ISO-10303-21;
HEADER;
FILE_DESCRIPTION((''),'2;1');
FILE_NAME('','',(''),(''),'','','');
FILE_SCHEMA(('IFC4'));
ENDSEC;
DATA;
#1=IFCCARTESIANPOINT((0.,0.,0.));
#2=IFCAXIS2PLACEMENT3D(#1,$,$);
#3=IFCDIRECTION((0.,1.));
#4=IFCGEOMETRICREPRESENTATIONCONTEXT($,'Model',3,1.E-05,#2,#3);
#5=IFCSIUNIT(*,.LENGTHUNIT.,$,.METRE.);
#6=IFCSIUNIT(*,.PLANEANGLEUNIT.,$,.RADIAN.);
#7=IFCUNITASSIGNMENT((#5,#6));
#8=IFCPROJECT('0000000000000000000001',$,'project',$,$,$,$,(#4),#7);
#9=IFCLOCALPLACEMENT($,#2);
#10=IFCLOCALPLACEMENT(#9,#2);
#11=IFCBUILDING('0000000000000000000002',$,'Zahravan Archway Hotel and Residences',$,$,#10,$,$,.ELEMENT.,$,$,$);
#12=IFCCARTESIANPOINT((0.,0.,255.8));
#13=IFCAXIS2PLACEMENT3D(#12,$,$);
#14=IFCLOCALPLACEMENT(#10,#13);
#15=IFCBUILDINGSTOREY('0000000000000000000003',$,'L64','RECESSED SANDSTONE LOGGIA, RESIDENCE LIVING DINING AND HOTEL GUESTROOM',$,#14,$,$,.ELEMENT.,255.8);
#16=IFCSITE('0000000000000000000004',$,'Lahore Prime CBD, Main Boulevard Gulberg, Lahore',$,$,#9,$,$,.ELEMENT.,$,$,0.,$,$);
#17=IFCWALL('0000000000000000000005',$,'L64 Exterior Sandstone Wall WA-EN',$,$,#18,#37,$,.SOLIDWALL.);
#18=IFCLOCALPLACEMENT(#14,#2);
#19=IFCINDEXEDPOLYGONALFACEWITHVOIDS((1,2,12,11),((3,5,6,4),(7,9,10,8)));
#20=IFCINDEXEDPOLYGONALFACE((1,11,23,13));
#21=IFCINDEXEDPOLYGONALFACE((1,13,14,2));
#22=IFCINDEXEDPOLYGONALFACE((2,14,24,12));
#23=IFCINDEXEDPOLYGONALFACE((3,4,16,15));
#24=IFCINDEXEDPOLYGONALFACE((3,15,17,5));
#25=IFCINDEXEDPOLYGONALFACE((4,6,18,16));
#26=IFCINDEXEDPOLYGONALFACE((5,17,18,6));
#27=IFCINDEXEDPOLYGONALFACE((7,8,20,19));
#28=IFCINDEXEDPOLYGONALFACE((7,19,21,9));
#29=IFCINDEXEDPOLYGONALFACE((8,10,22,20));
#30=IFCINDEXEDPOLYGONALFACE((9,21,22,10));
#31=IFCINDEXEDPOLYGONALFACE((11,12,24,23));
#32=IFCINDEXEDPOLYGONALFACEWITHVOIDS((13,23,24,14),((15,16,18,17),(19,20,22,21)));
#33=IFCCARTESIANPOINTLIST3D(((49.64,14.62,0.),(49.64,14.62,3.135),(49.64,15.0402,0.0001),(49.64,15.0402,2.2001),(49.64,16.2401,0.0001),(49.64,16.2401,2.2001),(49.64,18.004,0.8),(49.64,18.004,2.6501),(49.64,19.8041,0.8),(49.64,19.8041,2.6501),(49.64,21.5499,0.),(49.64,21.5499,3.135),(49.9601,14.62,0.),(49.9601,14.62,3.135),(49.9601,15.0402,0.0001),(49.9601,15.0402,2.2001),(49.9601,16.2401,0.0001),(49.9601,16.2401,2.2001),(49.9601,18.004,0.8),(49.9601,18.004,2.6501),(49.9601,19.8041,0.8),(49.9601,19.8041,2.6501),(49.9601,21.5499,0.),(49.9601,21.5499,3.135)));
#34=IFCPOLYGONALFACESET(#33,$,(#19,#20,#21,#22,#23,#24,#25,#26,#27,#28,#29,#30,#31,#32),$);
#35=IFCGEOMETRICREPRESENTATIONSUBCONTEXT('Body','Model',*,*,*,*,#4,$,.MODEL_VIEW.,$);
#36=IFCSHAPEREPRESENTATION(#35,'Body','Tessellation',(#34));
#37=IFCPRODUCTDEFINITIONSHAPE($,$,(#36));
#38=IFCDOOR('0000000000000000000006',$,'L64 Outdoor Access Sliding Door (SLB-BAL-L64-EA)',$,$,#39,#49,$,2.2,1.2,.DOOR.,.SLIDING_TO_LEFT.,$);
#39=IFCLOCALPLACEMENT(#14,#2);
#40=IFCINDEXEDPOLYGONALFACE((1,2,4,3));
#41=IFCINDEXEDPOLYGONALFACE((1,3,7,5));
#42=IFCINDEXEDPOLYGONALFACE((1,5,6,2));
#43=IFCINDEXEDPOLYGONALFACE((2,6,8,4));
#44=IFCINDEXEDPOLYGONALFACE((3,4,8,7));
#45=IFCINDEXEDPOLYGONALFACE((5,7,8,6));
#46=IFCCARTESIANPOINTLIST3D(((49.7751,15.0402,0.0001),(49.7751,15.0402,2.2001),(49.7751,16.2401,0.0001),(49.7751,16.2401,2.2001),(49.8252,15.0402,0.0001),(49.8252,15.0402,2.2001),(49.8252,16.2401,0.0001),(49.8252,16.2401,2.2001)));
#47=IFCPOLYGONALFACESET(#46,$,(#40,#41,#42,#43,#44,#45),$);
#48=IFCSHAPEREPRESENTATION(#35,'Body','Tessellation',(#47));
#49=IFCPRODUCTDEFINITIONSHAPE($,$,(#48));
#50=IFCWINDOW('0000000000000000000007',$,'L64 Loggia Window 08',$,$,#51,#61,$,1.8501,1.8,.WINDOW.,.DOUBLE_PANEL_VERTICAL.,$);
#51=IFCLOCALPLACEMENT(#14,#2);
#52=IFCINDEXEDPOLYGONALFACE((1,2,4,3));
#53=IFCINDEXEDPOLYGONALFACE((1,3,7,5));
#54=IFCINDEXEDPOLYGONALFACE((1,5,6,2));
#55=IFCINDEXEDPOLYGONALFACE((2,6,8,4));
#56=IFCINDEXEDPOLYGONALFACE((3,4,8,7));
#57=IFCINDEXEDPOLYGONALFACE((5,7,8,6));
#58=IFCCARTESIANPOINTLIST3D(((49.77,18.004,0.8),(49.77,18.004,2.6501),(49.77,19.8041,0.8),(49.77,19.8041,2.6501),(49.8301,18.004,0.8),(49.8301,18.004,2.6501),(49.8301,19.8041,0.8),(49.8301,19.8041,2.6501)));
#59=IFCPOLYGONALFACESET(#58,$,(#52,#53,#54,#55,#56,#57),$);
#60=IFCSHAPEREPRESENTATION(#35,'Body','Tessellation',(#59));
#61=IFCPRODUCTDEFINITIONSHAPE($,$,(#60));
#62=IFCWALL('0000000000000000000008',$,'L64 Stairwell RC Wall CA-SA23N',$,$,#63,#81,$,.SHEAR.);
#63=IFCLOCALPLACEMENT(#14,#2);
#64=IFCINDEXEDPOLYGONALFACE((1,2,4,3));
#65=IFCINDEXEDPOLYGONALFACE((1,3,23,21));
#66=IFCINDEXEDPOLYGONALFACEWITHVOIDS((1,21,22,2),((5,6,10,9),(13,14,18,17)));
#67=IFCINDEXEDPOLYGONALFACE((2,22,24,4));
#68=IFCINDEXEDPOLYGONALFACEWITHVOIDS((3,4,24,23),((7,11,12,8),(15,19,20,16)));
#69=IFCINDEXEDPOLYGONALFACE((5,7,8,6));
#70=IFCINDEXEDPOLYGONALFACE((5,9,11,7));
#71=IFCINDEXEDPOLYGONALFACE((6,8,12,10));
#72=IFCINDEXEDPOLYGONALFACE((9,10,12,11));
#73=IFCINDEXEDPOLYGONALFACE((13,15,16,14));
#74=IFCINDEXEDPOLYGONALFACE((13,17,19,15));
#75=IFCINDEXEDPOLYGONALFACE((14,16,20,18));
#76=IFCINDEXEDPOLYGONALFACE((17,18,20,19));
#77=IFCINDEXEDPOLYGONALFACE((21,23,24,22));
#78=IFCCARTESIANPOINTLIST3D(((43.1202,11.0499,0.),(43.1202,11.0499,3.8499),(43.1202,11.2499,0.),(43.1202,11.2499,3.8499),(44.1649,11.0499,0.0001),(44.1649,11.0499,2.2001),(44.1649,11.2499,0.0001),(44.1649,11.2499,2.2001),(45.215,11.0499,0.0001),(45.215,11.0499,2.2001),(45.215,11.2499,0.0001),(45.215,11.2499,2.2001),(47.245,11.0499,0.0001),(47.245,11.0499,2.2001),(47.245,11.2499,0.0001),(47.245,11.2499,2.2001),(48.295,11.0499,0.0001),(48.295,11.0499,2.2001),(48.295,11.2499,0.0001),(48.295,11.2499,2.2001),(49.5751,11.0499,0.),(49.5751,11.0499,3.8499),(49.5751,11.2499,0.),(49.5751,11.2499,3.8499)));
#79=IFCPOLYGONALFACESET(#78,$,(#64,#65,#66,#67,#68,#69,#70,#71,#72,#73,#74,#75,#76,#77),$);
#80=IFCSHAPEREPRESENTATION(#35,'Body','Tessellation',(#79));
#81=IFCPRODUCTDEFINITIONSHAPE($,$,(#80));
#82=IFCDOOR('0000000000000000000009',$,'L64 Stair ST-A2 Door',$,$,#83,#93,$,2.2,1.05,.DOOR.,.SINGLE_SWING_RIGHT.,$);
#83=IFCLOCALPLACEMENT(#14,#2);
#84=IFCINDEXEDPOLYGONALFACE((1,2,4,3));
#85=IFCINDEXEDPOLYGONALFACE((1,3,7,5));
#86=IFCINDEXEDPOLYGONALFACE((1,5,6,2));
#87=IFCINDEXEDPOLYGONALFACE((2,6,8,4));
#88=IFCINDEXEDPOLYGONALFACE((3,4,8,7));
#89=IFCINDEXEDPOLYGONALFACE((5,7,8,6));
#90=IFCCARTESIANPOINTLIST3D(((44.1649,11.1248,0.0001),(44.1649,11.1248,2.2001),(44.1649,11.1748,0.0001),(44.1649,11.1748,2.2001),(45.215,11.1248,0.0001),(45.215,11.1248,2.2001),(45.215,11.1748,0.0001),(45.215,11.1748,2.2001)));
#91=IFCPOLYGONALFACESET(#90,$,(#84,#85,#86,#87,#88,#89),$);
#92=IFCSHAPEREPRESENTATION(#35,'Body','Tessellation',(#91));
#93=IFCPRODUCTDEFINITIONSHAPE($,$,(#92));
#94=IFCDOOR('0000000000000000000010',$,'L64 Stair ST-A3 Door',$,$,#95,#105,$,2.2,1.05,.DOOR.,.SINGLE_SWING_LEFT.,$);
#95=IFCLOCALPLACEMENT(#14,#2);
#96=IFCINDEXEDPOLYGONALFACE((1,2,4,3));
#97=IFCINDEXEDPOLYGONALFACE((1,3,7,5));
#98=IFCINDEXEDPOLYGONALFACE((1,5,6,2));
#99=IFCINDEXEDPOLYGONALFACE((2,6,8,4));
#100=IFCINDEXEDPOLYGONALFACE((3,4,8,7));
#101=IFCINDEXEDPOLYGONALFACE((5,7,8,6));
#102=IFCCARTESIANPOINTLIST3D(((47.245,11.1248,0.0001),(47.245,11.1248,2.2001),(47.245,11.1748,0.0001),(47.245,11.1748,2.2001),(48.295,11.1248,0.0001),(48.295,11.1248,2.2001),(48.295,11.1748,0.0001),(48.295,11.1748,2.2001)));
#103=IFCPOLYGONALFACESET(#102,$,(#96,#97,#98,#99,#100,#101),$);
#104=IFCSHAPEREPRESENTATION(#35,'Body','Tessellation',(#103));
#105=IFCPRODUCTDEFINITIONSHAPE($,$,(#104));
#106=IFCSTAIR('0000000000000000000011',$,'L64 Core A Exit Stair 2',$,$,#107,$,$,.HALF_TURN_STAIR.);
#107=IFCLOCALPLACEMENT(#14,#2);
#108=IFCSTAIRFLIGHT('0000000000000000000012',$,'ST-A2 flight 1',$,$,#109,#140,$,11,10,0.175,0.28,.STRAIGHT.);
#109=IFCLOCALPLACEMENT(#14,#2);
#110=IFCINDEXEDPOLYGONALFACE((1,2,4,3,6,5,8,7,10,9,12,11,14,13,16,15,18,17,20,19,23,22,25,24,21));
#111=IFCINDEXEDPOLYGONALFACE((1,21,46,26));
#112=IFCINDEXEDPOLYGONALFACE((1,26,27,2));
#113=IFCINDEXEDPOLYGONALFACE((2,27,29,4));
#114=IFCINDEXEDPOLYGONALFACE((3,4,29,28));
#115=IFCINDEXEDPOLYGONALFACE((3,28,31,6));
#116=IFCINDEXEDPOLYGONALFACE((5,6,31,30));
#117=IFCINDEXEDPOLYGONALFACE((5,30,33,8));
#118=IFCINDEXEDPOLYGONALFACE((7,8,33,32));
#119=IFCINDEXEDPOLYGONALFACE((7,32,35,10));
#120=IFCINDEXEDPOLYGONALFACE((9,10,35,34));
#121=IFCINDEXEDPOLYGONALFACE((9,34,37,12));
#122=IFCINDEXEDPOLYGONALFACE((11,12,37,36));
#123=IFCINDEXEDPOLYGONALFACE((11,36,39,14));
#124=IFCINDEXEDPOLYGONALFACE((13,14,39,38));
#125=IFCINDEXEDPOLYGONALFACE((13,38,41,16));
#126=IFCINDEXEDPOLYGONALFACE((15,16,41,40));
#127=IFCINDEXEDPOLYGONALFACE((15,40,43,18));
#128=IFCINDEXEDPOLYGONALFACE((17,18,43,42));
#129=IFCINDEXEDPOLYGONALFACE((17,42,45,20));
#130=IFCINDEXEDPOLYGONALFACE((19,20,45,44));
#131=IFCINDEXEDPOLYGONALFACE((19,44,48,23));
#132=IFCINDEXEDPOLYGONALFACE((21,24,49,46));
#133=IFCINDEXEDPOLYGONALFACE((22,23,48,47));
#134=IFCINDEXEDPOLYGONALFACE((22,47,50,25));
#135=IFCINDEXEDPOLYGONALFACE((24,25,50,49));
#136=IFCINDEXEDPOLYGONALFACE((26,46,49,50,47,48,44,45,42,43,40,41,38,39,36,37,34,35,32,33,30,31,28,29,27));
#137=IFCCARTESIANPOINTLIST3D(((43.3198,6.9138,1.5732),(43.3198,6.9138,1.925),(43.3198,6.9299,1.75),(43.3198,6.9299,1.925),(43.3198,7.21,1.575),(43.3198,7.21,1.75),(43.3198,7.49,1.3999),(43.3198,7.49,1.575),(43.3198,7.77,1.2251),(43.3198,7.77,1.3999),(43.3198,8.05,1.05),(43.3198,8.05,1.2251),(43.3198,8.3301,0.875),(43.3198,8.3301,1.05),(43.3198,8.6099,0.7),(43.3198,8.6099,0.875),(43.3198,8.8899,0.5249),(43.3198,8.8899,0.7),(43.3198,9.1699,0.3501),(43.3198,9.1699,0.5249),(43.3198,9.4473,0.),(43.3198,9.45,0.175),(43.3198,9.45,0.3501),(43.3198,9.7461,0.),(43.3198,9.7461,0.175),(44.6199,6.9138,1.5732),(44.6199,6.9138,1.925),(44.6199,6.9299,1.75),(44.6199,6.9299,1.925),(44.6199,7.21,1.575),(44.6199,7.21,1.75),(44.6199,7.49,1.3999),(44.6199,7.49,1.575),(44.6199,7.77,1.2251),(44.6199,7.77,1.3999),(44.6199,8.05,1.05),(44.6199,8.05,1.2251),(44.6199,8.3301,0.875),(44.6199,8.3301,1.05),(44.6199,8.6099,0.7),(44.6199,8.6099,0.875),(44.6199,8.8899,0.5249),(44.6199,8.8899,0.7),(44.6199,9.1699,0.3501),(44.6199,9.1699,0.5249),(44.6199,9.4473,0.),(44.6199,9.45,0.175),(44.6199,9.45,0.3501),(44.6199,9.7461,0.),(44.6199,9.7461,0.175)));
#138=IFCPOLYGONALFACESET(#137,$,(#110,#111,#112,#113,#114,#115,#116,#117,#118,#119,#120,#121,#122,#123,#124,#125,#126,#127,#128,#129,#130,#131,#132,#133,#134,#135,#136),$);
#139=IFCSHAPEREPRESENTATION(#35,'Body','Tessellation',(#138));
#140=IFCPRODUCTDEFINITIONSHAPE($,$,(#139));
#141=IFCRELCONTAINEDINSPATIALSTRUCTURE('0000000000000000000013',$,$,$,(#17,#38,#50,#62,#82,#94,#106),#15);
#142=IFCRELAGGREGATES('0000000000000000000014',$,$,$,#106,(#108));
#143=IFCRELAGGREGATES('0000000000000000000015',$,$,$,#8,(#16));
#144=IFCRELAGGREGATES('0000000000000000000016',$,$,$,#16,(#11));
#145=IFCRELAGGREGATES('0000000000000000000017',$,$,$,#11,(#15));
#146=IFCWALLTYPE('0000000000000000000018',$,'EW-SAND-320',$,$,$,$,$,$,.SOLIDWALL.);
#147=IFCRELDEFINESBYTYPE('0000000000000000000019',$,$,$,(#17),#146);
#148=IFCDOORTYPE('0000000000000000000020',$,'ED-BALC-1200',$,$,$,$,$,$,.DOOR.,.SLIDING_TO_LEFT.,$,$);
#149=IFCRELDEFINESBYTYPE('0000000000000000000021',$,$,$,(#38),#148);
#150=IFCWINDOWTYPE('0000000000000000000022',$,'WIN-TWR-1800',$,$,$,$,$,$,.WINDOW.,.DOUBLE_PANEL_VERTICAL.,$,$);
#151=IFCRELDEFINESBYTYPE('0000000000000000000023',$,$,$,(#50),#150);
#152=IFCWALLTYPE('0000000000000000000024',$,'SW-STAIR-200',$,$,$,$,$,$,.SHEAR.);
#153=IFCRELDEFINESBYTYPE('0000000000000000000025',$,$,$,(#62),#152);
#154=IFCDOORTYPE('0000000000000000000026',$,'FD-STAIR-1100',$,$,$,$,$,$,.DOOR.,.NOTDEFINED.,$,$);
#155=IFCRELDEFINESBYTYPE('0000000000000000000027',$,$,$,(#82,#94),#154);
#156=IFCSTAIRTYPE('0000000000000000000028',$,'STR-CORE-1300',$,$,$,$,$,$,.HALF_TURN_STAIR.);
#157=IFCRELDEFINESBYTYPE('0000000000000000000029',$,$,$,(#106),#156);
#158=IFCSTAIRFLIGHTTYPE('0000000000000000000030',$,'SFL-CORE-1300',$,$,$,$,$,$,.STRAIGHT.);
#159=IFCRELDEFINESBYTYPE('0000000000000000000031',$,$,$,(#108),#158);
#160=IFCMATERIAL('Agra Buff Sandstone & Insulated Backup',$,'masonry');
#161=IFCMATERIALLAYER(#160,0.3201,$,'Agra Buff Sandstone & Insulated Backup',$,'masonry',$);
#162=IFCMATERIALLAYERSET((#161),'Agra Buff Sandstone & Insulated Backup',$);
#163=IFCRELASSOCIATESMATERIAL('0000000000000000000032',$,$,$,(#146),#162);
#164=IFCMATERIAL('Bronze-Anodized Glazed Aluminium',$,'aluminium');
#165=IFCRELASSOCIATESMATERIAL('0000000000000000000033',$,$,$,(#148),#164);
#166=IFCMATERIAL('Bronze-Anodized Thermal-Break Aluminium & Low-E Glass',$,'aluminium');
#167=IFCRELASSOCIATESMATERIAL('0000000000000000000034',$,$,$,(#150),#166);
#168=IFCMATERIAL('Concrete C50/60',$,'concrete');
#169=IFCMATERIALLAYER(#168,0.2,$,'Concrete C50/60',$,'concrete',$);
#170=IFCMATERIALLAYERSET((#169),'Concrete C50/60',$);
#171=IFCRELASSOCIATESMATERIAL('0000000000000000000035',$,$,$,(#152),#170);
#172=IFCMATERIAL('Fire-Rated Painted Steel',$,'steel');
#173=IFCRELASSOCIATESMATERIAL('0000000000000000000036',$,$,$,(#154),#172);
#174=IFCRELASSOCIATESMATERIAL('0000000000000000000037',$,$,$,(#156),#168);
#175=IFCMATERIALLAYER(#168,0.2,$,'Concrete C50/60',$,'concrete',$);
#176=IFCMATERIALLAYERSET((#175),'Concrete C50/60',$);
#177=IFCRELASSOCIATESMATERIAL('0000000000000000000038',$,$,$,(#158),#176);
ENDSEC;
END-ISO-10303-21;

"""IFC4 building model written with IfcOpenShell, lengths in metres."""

from ifc_helpers import new_model, si_unit, direction, frame, frame_2d, origin, place, context, subcontext, project, spatial, polyline, rectangle, outline, extrude, source, transform, mapped, material, layer, layer_set, type_object, type_shapes, element, fill, aggregate, save


model = new_model("IFC4")

# Units and contexts
model_context = context("Model", 3, precision=1e-05, world=origin(), true_north=direction((0.0, 1.0)))
body_context = subcontext(model_context, "Body", "Model", "MODEL_VIEW")
ifc_project = project(units=[si_unit("LENGTHUNIT", "METRE"), si_unit("PLANEANGLEUNIT", "RADIAN")], contexts=[model_context])

# Site, building, storey
site_placement = place(None, origin())
site = spatial("IfcSite", under=ifc_project, at=site_placement, Name="Lahore Prime CBD, Main Boulevard Gulberg, Lahore", CompositionType="ELEMENT", RefElevation=0.0)
building_placement = place(site_placement, origin())
building = spatial("IfcBuilding", under=site, at=building_placement, Name="Zahravan Archway Hotel and Residences", CompositionType="ELEMENT")
storey_placement = place(building_placement, frame((0.0, 0.0, 255.8)))
storey = spatial("IfcBuildingStorey", under=building, at=storey_placement, Name="L64", Description="RECESSED SANDSTONE LOGGIA, RESIDENCE LIVING DINING AND HOTEL GUESTROOM", CompositionType="ELEMENT", Elevation=255.8)

# Shared definitions
ifc_material_1 = material(Name="Concrete C50/60", Category="concrete")

# Wall, openings, door, window
ifc_material_2 = material(Name="Agra Buff Sandstone & Insulated Backup", Category="masonry")
ifc_layer_1 = layer(ifc_material_2, 0.3201, Name="Agra Buff Sandstone & Insulated Backup", Category="masonry")
ifc_layer_set_1 = layer_set([ifc_layer_1], Name="Agra Buff Sandstone & Insulated Backup")
wall_type_1 = type_object("IfcWallType", Name="EW-SAND-320", PredefinedType="SOLIDWALL", material=ifc_layer_set_1)
wall_1_placement = place(storey_placement, frame((49.8, 14.6201, 0.0), z_axis=(0.0, 0.0, 1.0), x_axis=(0.0, 1.0, 0.0)))
wall_1 = element("IfcWall", 1, at=wall_1_placement, inside=storey, type_object=wall_type_1, Name="L64 Exterior Sandstone Wall WA-EN", PredefinedType="SOLIDWALL", context=body_context, shape_type="SweptSolid", body=[
    extrude(rectangle(XDim=6.9299, YDim=0.3201, at=frame_2d((3.4648, 0.0))), origin(), (0.0, 0.0, 1.0), 3.135),
])
opening_1_placement = place(wall_1_placement, frame((0.4199, 0.0, 0.0)))
opening_1 = element("IfcOpeningElement", 2, at=opening_1_placement, cuts=wall_1, PredefinedType="OPENING", context=body_context, shape_type="SweptSolid", body=[
    extrude(rectangle(XDim=1.2, YDim=2.2, at=frame_2d((0.6001, 1.1001))), frame((0.0, 0.1699, 0.0), z_axis=(0.0, -1.0, 0.0), x_axis=(1.0, 0.0, 0.0)), (0.0, 0.0, 1.0), 0.3401),
])
opening_2_placement = place(wall_1_placement, frame((3.384, 0.0, 0.8)))
opening_2 = element("IfcOpeningElement", 3, at=opening_2_placement, cuts=wall_1, PredefinedType="OPENING", context=body_context, shape_type="SweptSolid", body=[
    extrude(rectangle(XDim=1.8, YDim=1.8501, at=frame_2d((0.8999, 0.925))), frame((0.0, 0.1699, 0.0), z_axis=(0.0, -1.0, 0.0), x_axis=(1.0, 0.0, 0.0)), (0.0, 0.0, 1.0), 0.3401),
])
ifc_material_3 = material(Name="Bronze-Anodized Glazed Aluminium", Category="aluminium")
door_type_1 = type_object("IfcDoorType", Name="ED-BALC-1200", OperationType="SLIDING_TO_LEFT", PredefinedType="DOOR", material=ifc_material_3)
shared_shape_1 = source(origin(), body_context, "Body", "SweptSolid", [
    extrude(rectangle(XDim=1.2, YDim=2.2, at=frame_2d((0.6001, 1.1001))), frame((0.0, 0.0249, 0.0), z_axis=(0.0, -1.0, 0.0), x_axis=(1.0, 0.0, 0.0)), (0.0, 0.0, 1.0), 0.05),
])
type_shapes(door_type_1, [shared_shape_1])
door_1_placement = place(opening_1_placement, origin())
door_1 = element("IfcDoor", 4, at=door_1_placement, inside=storey, type_object=door_type_1, Name="L64 Outdoor Access Sliding Door (SLB-BAL-L64-EA)", OperationType="SLIDING_TO_LEFT", OverallHeight=2.2, OverallWidth=1.2, PredefinedType="DOOR", context=body_context, shape_type="MappedRepresentation", body=[
    mapped(shared_shape_1, transform((0.0, 0.0, 0.0), scale=1.0)),
])
fill(opening_1, door_1)
ifc_material_4 = material(Name="Bronze-Anodized Thermal-Break Aluminium & Low-E Glass", Category="aluminium")
window_type = type_object("IfcWindowType", Name="WIN-TWR-1800", PartitioningType="DOUBLE_PANEL_VERTICAL", PredefinedType="WINDOW", material=ifc_material_4)
shared_shape_2 = source(origin(), body_context, "Body", "SweptSolid", [
    extrude(rectangle(XDim=1.8, YDim=1.8501, at=frame_2d((0.8999, 0.925))), frame((0.0, 0.03, 0.0), z_axis=(0.0, -1.0, 0.0), x_axis=(1.0, 0.0, 0.0)), (0.0, 0.0, 1.0), 0.0601),
])
type_shapes(window_type, [shared_shape_2])
window_placement = place(opening_2_placement, origin())
window = element("IfcWindow", 5, at=window_placement, inside=storey, type_object=window_type, Name="L64 Loggia Window 08", OverallHeight=1.8501, OverallWidth=1.8, PartitioningType="DOUBLE_PANEL_VERTICAL", PredefinedType="WINDOW", context=body_context, shape_type="MappedRepresentation", body=[
    mapped(shared_shape_2, transform((0.0, 0.0, 0.0), scale=1.0)),
])
fill(opening_2, window)

# Shared definitions
ifc_material_5 = material(Name="Fire-Rated Painted Steel", Category="steel")

# Wall, openings, doors
ifc_layer_2 = layer(ifc_material_1, 0.2, Name="Concrete C50/60", Category="concrete")
ifc_layer_set_2 = layer_set([ifc_layer_2], Name="Concrete C50/60")
wall_type_2 = type_object("IfcWallType", Name="SW-STAIR-200", PredefinedType="SHEAR", material=ifc_layer_set_2)
wall_2_placement = place(storey_placement, frame((43.1201, 11.1499, 0.0), z_axis=(0.0, 0.0, 1.0), x_axis=(1.0, 0.0, 0.0)))
wall_2 = element("IfcWall", 6, at=wall_2_placement, inside=storey, type_object=wall_type_2, Name="L64 Stairwell RC Wall CA-SA23N", PredefinedType="SHEAR", context=body_context, shape_type="SweptSolid", body=[
    extrude(rectangle(XDim=6.4548, YDim=0.2, at=frame_2d((3.2275, 0.0))), origin(), (0.0, 0.0, 1.0), 3.8499),
])
opening_3_placement = place(wall_2_placement, frame((1.0449, 0.0, 0.0)))
opening_3 = element("IfcOpeningElement", 7, at=opening_3_placement, cuts=wall_2, PredefinedType="OPENING", context=body_context, shape_type="SweptSolid", body=[
    extrude(rectangle(XDim=1.05, YDim=2.2, at=frame_2d((0.5249, 1.1001))), frame((0.0, 0.1099, 0.0), z_axis=(0.0, -1.0, 0.0), x_axis=(1.0, 0.0, 0.0)), (0.0, 0.0, 1.0), 0.22),
])
opening_4_placement = place(wall_2_placement, frame((4.125, 0.0, 0.0)))
opening_4 = element("IfcOpeningElement", 8, at=opening_4_placement, cuts=wall_2, PredefinedType="OPENING", context=body_context, shape_type="SweptSolid", body=[
    extrude(rectangle(XDim=1.05, YDim=2.2, at=frame_2d((0.5249, 1.1001))), frame((0.0, 0.1099, 0.0), z_axis=(0.0, -1.0, 0.0), x_axis=(1.0, 0.0, 0.0)), (0.0, 0.0, 1.0), 0.22),
])
door_type_2 = type_object("IfcDoorType", Name="FD-STAIR-1100", OperationType="NOTDEFINED", PredefinedType="DOOR", material=ifc_material_5)
shared_shape_3 = source(origin(), body_context, "Body", "SweptSolid", [
    extrude(rectangle(XDim=1.05, YDim=2.2, at=frame_2d((0.5249, 1.1001))), frame((0.0, 0.0249, 0.0), z_axis=(0.0, -1.0, 0.0), x_axis=(1.0, 0.0, 0.0)), (0.0, 0.0, 1.0), 0.05),
])
type_shapes(door_type_2, [shared_shape_3])
door_2_placement = place(opening_3_placement, origin())
door_2 = element("IfcDoor", 9, at=door_2_placement, inside=storey, type_object=door_type_2, Name="L64 Stair ST-A2 Door", OperationType="SINGLE_SWING_RIGHT", OverallHeight=2.2, OverallWidth=1.05, PredefinedType="DOOR", context=body_context, shape_type="MappedRepresentation", body=[
    mapped(shared_shape_3, transform((0.0, 0.0, 0.0), scale=1.0)),
])
fill(opening_3, door_2)
door_3_placement = place(opening_4_placement, origin())
door_3 = element("IfcDoor", 10, at=door_3_placement, inside=storey, type_object=door_type_2, Name="L64 Stair ST-A3 Door", OperationType="SINGLE_SWING_LEFT", OverallHeight=2.2, OverallWidth=1.05, PredefinedType="DOOR", context=body_context, shape_type="MappedRepresentation", body=[
    mapped(shared_shape_3, transform((0.0, 0.0, 0.0), scale=1.0)),
])
fill(opening_4, door_3)

# Stair, stair flight
stair_type = type_object("IfcStairType", Name="STR-CORE-1300", PredefinedType="HALF_TURN_STAIR", material=ifc_material_1)
stair_1_placement = place(storey_placement, origin())
stair_1 = element("IfcStair", 11, at=stair_1_placement, inside=storey, type_object=stair_type, Name="L64 Core A Exit Stair 2", PredefinedType="HALF_TURN_STAIR")
ifc_layer_3 = layer(ifc_material_1, 0.2, Name="Concrete C50/60", Category="concrete")
ifc_layer_set_3 = layer_set([ifc_layer_3], Name="Concrete C50/60")
stair_flight_type = type_object("IfcStairFlightType", Name="SFL-CORE-1300", PredefinedType="STRAIGHT", material=ifc_layer_set_3)
shared_shape_4 = source(origin(), body_context, "Body", "SweptSolid", [
    extrude(outline(polyline([(-0.0161, 0.0), (-0.0161, 0.175), (0.28, 0.175), (0.28, 0.3501), (0.5601, 0.3501), (0.5601, 0.5249), (0.8401, 0.5249), (0.8401, 0.7), (1.1201, 0.7), (1.1201, 0.875), (1.3999, 0.875), (1.3999, 1.05), (1.6799, 1.05), (1.6799, 1.2251), (1.96, 1.2251), (1.96, 1.3999), (2.24, 1.3999), (2.24, 1.575), (2.52, 1.575), (2.52, 1.75), (2.8, 1.75), (2.8, 1.925), (2.8162, 1.925), (2.8162, 1.5732), (0.2827, 0.0), (-0.0161, 0.0)])), frame((0.0, 0.6499, 0.0), z_axis=(0.0, -1.0, 0.0), x_axis=(1.0, 0.0, 0.0)), (0.0, 0.0, 1.0), 1.3),
])
stair_flight_1_placement = place(storey_placement, frame((43.97, 9.73, 0.0), z_axis=(0.0, 0.0, 1.0), x_axis=(0.0, -1.0, 0.0)))
stair_flight_1 = element("IfcStairFlight", 12, at=stair_flight_1_placement, type_object=stair_flight_type, Name="ST-A2 flight 1", NumberOfRisers=11, NumberOfTreads=10, PredefinedType="STRAIGHT", RiserHeight=0.175, TreadLength=0.28, context=body_context, shape_type="MappedRepresentation", body=[
    mapped(shared_shape_4, transform((0.0, 0.0, 0.0), scale=1.0)),
])
aggregate(stair_1, [stair_flight_1])

save(model, "model.ifc")
